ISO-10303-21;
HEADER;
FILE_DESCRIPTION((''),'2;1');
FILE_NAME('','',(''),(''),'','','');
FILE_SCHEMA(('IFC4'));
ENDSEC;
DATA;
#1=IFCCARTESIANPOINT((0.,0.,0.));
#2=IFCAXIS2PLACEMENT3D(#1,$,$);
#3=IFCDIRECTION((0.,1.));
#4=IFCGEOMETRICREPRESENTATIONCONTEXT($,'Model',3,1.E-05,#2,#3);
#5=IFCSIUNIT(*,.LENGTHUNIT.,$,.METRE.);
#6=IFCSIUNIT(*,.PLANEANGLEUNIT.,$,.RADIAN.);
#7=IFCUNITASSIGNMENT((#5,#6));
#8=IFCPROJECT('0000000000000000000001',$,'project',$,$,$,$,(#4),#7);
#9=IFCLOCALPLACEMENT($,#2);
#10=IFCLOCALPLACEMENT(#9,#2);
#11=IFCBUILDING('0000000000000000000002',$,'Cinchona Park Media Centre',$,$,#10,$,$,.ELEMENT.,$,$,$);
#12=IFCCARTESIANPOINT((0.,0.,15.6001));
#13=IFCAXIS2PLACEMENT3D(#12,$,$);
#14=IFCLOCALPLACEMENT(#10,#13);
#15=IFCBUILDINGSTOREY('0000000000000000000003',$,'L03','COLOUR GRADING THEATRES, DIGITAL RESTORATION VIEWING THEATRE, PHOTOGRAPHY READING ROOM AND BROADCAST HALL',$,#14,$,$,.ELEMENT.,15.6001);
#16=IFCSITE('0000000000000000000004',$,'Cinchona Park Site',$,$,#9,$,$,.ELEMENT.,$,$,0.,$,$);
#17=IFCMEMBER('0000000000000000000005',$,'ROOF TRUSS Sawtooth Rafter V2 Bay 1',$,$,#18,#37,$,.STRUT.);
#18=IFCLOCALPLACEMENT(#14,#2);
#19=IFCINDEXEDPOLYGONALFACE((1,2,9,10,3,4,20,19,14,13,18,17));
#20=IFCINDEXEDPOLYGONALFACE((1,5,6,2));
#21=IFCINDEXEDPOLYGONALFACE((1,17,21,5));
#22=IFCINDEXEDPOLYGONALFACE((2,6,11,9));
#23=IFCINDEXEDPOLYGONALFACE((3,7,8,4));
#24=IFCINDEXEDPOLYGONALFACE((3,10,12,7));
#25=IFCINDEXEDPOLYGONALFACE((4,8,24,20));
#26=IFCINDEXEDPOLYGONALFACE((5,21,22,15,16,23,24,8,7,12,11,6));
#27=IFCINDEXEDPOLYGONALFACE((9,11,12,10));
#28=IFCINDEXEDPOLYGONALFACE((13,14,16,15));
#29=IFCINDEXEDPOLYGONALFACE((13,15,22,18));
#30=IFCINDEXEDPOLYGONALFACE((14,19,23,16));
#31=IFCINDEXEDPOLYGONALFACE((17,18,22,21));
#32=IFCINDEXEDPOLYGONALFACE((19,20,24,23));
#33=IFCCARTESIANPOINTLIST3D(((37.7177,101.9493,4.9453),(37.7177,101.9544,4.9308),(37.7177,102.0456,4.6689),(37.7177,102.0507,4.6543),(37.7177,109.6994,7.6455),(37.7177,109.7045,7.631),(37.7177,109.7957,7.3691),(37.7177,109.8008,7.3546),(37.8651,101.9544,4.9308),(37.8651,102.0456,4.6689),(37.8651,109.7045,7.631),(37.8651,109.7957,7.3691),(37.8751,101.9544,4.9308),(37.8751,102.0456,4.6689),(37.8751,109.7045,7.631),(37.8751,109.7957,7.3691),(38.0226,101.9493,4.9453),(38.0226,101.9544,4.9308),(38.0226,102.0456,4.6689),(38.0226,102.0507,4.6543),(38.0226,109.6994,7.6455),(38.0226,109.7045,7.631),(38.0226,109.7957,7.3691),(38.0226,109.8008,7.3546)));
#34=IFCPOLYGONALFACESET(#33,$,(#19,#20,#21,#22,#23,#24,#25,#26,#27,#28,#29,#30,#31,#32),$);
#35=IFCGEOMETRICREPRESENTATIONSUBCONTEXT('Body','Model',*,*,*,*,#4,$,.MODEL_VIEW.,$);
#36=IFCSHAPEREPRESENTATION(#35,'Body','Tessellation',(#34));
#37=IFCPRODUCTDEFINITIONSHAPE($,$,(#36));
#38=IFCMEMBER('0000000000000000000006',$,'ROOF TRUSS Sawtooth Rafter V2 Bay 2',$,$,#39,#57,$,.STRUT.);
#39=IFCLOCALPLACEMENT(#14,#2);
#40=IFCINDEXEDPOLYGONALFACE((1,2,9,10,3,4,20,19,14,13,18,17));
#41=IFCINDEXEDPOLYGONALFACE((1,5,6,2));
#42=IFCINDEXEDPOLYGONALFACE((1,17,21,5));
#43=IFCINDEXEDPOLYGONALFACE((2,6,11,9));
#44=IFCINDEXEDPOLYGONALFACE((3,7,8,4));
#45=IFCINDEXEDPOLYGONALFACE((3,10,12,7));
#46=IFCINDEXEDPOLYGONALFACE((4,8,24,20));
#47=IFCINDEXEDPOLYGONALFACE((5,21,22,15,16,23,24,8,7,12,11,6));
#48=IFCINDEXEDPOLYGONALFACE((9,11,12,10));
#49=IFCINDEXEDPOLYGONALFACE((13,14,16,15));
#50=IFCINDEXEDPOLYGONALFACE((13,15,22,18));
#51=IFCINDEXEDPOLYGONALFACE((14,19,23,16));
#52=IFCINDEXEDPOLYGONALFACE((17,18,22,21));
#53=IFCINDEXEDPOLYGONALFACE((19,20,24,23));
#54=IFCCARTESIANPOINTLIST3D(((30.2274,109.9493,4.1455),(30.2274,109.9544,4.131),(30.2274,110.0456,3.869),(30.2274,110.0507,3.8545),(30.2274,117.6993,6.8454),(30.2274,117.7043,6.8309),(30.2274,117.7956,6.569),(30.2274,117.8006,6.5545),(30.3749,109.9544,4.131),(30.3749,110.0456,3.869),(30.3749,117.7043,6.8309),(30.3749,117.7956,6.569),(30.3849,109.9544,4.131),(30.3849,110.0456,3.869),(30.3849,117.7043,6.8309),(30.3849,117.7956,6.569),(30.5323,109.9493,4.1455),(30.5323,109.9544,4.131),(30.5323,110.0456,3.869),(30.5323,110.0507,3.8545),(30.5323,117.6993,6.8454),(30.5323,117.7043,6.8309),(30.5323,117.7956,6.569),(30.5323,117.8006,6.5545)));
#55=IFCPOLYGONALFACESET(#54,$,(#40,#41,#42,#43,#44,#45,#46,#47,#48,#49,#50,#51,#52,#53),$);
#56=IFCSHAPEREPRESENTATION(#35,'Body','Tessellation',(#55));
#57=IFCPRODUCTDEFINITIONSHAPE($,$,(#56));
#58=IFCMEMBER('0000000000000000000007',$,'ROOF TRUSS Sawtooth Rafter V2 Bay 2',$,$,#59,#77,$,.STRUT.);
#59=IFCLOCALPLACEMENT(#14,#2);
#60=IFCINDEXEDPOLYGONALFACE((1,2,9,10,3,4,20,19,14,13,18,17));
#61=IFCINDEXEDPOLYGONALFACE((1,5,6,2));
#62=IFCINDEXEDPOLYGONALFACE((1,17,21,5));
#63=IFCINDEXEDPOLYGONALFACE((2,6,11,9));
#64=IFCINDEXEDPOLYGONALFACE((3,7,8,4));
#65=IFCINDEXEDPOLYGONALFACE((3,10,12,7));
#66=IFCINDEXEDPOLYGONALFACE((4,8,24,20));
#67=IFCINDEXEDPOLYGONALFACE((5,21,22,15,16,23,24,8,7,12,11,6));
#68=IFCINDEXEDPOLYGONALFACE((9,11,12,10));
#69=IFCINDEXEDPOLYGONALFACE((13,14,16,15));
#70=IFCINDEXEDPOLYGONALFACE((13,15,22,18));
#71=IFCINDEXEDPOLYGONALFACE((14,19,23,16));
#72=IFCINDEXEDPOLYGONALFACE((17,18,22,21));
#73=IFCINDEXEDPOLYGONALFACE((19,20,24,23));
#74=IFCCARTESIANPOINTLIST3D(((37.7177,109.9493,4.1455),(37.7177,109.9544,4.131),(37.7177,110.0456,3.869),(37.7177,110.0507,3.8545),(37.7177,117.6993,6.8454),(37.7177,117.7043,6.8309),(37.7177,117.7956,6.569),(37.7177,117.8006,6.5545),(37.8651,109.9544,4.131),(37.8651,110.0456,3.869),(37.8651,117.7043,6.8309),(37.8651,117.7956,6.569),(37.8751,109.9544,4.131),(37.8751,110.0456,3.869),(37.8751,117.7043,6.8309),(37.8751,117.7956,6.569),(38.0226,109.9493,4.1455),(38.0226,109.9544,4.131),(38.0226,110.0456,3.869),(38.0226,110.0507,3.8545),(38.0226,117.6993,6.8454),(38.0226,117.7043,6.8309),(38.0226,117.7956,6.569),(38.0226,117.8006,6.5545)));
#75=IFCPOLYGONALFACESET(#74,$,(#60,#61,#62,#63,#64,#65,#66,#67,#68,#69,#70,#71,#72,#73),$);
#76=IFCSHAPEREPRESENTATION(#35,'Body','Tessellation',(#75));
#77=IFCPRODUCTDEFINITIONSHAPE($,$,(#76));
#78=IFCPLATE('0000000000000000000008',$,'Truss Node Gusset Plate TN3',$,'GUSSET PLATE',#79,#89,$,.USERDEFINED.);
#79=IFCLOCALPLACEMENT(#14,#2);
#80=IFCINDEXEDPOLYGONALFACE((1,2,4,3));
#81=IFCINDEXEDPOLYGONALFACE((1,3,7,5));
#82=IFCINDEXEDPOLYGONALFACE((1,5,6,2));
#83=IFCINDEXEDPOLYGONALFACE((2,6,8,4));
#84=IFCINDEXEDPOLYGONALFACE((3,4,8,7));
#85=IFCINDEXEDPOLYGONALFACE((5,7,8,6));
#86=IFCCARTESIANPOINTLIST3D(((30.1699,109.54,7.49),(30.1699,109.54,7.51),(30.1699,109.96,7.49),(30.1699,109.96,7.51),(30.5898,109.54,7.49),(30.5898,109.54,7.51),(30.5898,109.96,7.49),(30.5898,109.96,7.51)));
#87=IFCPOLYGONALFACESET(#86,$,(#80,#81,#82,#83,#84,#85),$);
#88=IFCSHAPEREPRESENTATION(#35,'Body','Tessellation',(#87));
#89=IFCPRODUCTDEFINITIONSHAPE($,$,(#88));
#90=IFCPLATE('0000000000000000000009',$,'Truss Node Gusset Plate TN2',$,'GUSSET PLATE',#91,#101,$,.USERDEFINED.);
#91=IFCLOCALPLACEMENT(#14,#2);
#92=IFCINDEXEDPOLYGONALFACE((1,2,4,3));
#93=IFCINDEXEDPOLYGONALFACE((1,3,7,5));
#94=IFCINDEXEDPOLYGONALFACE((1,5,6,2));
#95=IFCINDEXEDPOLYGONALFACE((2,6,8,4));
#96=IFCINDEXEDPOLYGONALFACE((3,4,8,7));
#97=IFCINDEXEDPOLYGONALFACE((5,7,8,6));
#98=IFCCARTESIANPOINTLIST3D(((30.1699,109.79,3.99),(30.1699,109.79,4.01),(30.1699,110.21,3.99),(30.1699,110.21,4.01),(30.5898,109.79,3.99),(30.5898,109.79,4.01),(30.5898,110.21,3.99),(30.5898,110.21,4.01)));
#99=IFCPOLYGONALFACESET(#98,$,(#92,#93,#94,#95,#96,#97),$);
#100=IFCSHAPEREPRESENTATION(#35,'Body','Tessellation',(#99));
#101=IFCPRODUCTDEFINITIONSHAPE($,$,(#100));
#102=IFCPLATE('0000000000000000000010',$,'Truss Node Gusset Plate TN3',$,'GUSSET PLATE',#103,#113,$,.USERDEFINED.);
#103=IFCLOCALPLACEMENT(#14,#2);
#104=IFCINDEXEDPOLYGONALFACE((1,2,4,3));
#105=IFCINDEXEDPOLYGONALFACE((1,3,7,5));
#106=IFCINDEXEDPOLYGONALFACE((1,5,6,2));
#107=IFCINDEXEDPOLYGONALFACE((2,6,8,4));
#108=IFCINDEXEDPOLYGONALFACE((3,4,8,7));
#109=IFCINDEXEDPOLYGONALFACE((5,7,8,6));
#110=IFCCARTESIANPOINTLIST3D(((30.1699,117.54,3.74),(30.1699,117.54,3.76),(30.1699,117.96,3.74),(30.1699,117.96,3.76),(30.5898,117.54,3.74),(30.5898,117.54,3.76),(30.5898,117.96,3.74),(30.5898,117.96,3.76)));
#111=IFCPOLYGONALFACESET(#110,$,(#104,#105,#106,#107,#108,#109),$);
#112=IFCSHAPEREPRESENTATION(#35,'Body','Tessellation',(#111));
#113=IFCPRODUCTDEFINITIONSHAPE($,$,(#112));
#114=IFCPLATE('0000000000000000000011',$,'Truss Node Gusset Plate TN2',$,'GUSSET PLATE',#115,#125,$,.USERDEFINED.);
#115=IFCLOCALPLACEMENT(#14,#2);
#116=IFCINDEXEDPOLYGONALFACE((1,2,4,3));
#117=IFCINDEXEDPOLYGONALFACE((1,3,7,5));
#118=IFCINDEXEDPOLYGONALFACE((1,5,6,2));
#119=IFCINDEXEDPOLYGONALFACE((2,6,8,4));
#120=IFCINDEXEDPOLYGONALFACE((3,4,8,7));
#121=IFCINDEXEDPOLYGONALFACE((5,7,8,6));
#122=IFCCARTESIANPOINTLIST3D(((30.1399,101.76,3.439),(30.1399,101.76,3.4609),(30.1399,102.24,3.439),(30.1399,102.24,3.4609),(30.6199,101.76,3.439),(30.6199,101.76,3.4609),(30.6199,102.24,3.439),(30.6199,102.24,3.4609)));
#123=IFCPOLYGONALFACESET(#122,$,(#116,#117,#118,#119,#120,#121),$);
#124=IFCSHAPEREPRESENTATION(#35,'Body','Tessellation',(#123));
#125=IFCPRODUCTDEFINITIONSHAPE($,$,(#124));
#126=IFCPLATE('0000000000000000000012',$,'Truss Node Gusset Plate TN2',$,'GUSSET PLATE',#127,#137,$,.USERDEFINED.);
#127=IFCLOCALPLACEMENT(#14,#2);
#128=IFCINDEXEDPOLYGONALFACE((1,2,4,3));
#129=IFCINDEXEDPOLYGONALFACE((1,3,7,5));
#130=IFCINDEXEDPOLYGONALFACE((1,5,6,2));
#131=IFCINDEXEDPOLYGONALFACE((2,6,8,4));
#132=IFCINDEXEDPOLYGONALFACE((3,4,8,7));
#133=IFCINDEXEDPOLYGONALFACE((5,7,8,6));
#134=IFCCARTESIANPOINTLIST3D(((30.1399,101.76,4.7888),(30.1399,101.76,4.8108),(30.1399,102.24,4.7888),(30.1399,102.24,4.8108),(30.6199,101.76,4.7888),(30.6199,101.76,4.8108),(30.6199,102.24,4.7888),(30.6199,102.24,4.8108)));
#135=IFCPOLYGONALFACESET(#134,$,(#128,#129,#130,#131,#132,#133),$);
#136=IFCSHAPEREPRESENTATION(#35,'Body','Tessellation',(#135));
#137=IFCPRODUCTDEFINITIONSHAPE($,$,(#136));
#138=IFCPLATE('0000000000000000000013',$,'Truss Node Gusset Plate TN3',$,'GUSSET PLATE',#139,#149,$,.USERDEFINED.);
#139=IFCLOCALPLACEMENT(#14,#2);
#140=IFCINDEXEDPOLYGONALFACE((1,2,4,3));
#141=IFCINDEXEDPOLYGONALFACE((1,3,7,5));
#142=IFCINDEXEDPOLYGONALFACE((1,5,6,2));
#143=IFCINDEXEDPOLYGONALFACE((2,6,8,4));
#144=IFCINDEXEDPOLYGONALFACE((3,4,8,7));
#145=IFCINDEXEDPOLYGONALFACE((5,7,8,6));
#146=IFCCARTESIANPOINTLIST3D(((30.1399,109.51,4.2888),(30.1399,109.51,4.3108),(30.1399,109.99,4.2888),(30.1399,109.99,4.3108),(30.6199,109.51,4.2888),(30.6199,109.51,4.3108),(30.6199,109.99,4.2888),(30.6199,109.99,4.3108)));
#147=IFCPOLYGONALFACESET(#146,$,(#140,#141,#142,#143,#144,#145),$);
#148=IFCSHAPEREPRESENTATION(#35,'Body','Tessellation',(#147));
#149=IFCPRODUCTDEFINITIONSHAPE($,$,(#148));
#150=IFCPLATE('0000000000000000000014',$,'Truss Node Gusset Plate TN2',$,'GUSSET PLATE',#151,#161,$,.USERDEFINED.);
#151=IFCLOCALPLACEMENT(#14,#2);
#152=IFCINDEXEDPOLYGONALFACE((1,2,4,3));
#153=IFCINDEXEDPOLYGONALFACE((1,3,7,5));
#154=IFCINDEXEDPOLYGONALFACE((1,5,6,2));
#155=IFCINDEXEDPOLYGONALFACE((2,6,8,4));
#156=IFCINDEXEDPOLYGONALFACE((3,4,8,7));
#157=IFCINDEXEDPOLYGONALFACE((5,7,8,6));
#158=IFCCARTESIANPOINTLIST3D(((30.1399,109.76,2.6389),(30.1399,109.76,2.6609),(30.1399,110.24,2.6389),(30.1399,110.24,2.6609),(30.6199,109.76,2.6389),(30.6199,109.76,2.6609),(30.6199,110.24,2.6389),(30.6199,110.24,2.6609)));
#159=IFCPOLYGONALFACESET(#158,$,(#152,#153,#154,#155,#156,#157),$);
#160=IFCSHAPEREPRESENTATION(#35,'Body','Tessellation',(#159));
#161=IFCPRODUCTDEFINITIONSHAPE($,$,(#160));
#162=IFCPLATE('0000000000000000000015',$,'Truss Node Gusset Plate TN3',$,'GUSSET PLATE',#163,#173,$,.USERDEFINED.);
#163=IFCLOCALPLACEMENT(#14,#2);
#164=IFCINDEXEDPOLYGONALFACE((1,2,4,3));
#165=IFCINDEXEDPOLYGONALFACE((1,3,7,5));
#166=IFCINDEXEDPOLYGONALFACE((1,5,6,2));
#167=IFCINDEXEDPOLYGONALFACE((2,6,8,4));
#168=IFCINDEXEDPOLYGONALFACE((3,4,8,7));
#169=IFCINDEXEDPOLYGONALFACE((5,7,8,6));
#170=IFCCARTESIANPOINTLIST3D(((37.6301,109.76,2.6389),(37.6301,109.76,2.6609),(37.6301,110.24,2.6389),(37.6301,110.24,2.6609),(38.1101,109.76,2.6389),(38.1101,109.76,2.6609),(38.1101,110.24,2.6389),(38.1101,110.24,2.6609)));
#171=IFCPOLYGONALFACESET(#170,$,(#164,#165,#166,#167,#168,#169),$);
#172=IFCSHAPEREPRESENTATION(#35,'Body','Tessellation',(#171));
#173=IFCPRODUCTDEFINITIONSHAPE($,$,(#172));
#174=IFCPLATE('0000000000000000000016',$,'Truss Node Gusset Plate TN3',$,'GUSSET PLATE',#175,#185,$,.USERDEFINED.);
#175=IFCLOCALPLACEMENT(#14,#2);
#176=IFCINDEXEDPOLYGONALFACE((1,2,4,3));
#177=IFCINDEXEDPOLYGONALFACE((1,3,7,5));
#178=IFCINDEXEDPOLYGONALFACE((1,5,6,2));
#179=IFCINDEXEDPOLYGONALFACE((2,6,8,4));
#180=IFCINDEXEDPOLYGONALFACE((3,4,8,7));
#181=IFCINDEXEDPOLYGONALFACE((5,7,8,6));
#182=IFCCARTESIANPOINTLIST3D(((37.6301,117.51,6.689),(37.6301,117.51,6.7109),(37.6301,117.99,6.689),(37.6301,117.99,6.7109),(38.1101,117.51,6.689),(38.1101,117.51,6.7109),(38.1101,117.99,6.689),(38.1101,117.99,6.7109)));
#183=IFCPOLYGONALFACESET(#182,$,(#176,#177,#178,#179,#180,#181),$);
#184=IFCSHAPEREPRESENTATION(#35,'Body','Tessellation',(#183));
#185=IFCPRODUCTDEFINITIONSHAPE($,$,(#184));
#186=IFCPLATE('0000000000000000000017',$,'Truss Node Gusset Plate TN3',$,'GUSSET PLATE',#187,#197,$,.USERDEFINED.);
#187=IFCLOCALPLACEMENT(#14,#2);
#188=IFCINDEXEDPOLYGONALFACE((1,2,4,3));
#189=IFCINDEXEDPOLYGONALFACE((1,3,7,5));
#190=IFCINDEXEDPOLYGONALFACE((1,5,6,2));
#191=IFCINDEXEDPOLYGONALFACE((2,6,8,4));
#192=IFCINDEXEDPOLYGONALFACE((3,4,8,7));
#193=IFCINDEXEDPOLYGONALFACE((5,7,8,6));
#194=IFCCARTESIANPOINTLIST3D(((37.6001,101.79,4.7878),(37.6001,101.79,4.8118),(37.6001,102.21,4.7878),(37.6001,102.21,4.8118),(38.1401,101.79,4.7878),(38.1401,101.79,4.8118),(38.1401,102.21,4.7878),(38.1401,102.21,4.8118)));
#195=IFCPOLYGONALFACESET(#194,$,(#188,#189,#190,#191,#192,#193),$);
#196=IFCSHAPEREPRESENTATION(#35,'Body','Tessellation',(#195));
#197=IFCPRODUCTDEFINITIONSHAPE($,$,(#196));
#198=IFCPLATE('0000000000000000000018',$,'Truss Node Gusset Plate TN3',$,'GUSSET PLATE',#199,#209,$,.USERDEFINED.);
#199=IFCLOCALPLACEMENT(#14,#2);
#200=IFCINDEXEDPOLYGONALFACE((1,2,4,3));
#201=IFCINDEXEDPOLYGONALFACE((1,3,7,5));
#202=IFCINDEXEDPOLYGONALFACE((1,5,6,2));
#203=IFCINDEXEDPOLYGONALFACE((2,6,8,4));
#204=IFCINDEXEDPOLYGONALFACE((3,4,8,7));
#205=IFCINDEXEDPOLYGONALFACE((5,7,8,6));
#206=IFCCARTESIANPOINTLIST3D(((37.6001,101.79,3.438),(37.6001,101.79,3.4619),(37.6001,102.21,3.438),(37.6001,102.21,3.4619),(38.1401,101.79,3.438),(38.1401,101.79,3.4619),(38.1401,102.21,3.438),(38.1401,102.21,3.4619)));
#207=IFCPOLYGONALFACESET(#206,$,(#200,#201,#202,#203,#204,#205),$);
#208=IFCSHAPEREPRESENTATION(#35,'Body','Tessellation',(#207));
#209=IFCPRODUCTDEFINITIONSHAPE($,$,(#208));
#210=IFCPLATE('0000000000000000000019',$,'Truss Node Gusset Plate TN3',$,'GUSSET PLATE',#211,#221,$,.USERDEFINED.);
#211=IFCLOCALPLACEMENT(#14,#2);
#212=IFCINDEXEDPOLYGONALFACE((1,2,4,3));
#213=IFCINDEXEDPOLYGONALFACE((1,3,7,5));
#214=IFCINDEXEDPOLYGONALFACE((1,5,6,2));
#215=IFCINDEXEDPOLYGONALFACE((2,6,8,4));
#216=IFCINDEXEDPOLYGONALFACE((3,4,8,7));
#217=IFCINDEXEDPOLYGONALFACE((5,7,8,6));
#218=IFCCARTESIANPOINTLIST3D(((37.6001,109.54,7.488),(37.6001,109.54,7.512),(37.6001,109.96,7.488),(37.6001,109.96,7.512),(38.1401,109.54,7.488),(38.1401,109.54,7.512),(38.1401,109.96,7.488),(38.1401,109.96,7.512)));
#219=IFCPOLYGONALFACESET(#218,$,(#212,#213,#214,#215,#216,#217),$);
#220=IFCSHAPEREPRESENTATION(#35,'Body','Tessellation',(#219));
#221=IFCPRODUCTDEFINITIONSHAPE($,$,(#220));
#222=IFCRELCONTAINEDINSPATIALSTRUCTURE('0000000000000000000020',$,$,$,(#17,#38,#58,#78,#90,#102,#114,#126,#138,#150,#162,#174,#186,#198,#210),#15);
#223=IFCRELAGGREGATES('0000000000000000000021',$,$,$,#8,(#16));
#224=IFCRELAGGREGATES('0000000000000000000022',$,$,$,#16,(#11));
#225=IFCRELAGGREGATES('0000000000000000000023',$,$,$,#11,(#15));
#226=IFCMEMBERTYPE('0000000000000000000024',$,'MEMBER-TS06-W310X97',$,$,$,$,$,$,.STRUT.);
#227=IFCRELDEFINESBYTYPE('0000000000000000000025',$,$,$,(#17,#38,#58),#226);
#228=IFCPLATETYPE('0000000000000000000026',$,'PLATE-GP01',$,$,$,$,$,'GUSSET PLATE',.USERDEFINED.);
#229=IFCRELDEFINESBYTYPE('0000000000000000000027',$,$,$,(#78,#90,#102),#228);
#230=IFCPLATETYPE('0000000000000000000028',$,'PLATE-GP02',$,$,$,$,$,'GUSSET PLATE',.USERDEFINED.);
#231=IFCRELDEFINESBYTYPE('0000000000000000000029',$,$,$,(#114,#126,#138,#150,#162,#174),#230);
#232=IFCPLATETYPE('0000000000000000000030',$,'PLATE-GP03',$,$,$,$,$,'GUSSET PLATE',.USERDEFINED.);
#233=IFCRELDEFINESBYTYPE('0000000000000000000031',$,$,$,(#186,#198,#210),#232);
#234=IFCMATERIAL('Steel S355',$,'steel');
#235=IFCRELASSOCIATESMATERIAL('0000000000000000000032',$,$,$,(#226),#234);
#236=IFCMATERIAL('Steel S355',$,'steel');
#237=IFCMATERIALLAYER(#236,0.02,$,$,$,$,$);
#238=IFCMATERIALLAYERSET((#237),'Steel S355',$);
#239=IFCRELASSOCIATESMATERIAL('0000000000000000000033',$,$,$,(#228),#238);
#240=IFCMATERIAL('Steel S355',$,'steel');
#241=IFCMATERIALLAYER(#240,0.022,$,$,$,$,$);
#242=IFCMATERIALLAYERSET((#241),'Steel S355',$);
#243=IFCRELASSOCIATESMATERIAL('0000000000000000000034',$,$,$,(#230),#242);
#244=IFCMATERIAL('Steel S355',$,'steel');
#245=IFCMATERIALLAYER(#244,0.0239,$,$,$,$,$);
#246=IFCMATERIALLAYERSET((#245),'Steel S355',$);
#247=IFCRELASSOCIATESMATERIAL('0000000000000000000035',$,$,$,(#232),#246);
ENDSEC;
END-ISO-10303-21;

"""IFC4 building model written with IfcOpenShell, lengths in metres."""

from ifc_helpers import new_model, si_unit, direction, frame, origin, origin_2d, place, context, subcontext, project, spatial, rectangle, i_section, extrude, material, layer, layer_set, material_profile, profile_set, type_object, element, save


model = new_model("IFC4")

# Units and contexts
model_context = context("Model", 3, precision=1e-05, world=origin(), true_north=direction((0.0, 1.0)))
body_context = subcontext(model_context, "Body", "Model", "MODEL_VIEW")
ifc_project = project(units=[si_unit("LENGTHUNIT", "METRE"), si_unit("PLANEANGLEUNIT", "RADIAN")], contexts=[model_context])

# Site, building, storey
site_placement = place(None, origin())
site = spatial("IfcSite", under=ifc_project, at=site_placement, Name="Cinchona Park Site", CompositionType="ELEMENT", RefElevation=0.0)
building_placement = place(site_placement, origin())
building = spatial("IfcBuilding", under=site, at=building_placement, Name="Cinchona Park Media Centre", CompositionType="ELEMENT")
storey_placement = place(building_placement, frame((0.0, 0.0, 15.6001)))
storey = spatial("IfcBuildingStorey", under=building, at=storey_placement, Name="L03", Description="COLOUR GRADING THEATRES, DIGITAL RESTORATION VIEWING THEATRE, PHOTOGRAPHY READING ROOM AND BROADCAST HALL", CompositionType="ELEMENT", Elevation=15.6001)

# Members
ifc_material_1 = material(Name="Steel S355", Category="steel")
ifc_material_profile_1 = material_profile(ifc_material_1, i_section(OverallWidth=0.3049, OverallDepth=0.3081, WebThickness=0.01, FlangeThickness=0.0154, at=origin_2d()), Name="W310X97")
ifc_profile_set_1 = profile_set([ifc_material_profile_1], Name="Steel S355")
member_type_1 = type_object("IfcMemberType", Name="MEMBER-TS06-W310X97", PredefinedType="STRUT", material=ifc_profile_set_1)
for number, where, z_axis, x_axis, name in (
    (1, (37.8701, 102.0, 4.7998), (0.0, 0.944325, 0.329014), (-1.0, 0.0, 0.0), "ROOF TRUSS Sawtooth Rafter V2 Bay 1"),
):
    element("IfcMember", number, at=place(storey_placement, frame(where, z_axis=z_axis, x_axis=x_axis)), inside=storey, type_object=member_type_1, Name=name, PredefinedType="STRUT", context=body_context, shape_type="SweptSolid", body=[
        extrude(i_section(OverallWidth=0.3049, OverallDepth=0.3081, WebThickness=0.01, FlangeThickness=0.0154, at=origin_2d()), origin(), (0.0, 0.0, 1.0), 8.207),
    ])
for number, where, z_axis, x_axis, name in (
    (2, (30.3799, 110.0, 4.0), (0.0, 0.944334, 0.328988), (-1.0, 0.0, 0.0), "ROOF TRUSS Sawtooth Rafter V2 Bay 2"),
    (3, (37.8701, 110.0, 4.0), (0.0, 0.944334, 0.328988), (-1.0, 0.0, 0.0), "ROOF TRUSS Sawtooth Rafter V2 Bay 2"),
):
    element("IfcMember", number, at=place(storey_placement, frame(where, z_axis=z_axis, x_axis=x_axis)), inside=storey, type_object=member_type_1, Name=name, PredefinedType="STRUT", context=body_context, shape_type="SweptSolid", body=[
        extrude(i_section(OverallWidth=0.3049, OverallDepth=0.3081, WebThickness=0.01, FlangeThickness=0.0154, at=origin_2d()), origin(), (0.0, 0.0, 1.0), 8.2068),
    ])

# Plates
ifc_material_2 = material(Name="Steel S355", Category="steel")
ifc_layer_1 = layer(ifc_material_2, 0.02)
ifc_layer_set_1 = layer_set([ifc_layer_1], Name="Steel S355")
plate_type_1 = type_object("IfcPlateType", Name="PLATE-GP01", ElementType="GUSSET PLATE", PredefinedType="USERDEFINED", material=ifc_layer_set_1)
for number, where, z_axis, x_axis, name in (
    (4, (30.3799, 109.75, 7.49), (0.0, 0.0, 1.0), (1.0, 0.0, 0.0), "Truss Node Gusset Plate TN3"),
    (5, (30.3799, 110.0, 3.99), (0.0, 0.0, 1.0), (1.0, 0.0, 0.0), "Truss Node Gusset Plate TN2"),
    (6, (30.3799, 117.75, 3.74), (0.0, 0.0, 1.0), (1.0, 0.0, 0.0), "Truss Node Gusset Plate TN3"),
):
    element("IfcPlate", number, at=place(storey_placement, frame(where, z_axis=z_axis, x_axis=x_axis)), inside=storey, type_object=plate_type_1, Name=name, ObjectType="GUSSET PLATE", PredefinedType="USERDEFINED", context=body_context, shape_type="SweptSolid", body=[
        extrude(rectangle(XDim=0.4199, YDim=0.4199, at=origin_2d()), origin(), (0.0, 0.0, 1.0), 0.02),
    ])
ifc_material_3 = material(Name="Steel S355", Category="steel")
ifc_layer_2 = layer(ifc_material_3, 0.022)
ifc_layer_set_2 = layer_set([ifc_layer_2], Name="Steel S355")
plate_type_2 = type_object("IfcPlateType", Name="PLATE-GP02", ElementType="GUSSET PLATE", PredefinedType="USERDEFINED", material=ifc_layer_set_2)
for number, where, z_axis, x_axis, name in (
    (7, (30.3799, 102.0, 3.439), (0.0, 0.0, 1.0), (1.0, 0.0, 0.0), "Truss Node Gusset Plate TN2"),
    (8, (30.3799, 102.0, 4.7888), (0.0, 0.0, 1.0), (1.0, 0.0, 0.0), "Truss Node Gusset Plate TN2"),
    (9, (30.3799, 109.75, 4.2888), (0.0, 0.0, 1.0), (1.0, 0.0, 0.0), "Truss Node Gusset Plate TN3"),
    (10, (30.3799, 110.0, 2.6389), (0.0, 0.0, 1.0), (1.0, 0.0, 0.0), "Truss Node Gusset Plate TN2"),
    (11, (37.8701, 110.0, 2.6389), (0.0, 0.0, 1.0), (1.0, 0.0, 0.0), "Truss Node Gusset Plate TN3"),
    (12, (37.8701, 117.75, 6.689), (0.0, 0.0, 1.0), (1.0, 0.0, 0.0), "Truss Node Gusset Plate TN3"),
):
    element("IfcPlate", number, at=place(storey_placement, frame(where, z_axis=z_axis, x_axis=x_axis)), inside=storey, type_object=plate_type_2, Name=name, ObjectType="GUSSET PLATE", PredefinedType="USERDEFINED", context=body_context, shape_type="SweptSolid", body=[
        extrude(rectangle(XDim=0.48, YDim=0.48, at=origin_2d()), origin(), (0.0, 0.0, 1.0), 0.022),
    ])
ifc_material_4 = material(Name="Steel S355", Category="steel")
ifc_layer_3 = layer(ifc_material_4, 0.0239)
ifc_layer_set_3 = layer_set([ifc_layer_3], Name="Steel S355")
plate_type_3 = type_object("IfcPlateType", Name="PLATE-GP03", ElementType="GUSSET PLATE", PredefinedType="USERDEFINED", material=ifc_layer_set_3)
for number, where, z_axis, x_axis, name in (
    (13, (37.8701, 102.0, 4.7878), (0.0, 0.0, 1.0), (1.0, 0.0, 0.0), "Truss Node Gusset Plate TN3"),
    (14, (37.8701, 102.0, 3.438), (0.0, 0.0, 1.0), (1.0, 0.0, 0.0), "Truss Node Gusset Plate TN3"),
    (15, (37.8701, 109.75, 7.488), (0.0, 0.0, 1.0), (1.0, 0.0, 0.0), "Truss Node Gusset Plate TN3"),
):
    element("IfcPlate", number, at=place(storey_placement, frame(where, z_axis=z_axis, x_axis=x_axis)), inside=storey, type_object=plate_type_3, Name=name, ObjectType="GUSSET PLATE", PredefinedType="USERDEFINED", context=body_context, shape_type="SweptSolid", body=[
        extrude(rectangle(XDim=0.54, YDim=0.4199, at=origin_2d()), origin(), (0.0, 0.0, 1.0), 0.0239),
    ])

save(model, "model.ifc")
